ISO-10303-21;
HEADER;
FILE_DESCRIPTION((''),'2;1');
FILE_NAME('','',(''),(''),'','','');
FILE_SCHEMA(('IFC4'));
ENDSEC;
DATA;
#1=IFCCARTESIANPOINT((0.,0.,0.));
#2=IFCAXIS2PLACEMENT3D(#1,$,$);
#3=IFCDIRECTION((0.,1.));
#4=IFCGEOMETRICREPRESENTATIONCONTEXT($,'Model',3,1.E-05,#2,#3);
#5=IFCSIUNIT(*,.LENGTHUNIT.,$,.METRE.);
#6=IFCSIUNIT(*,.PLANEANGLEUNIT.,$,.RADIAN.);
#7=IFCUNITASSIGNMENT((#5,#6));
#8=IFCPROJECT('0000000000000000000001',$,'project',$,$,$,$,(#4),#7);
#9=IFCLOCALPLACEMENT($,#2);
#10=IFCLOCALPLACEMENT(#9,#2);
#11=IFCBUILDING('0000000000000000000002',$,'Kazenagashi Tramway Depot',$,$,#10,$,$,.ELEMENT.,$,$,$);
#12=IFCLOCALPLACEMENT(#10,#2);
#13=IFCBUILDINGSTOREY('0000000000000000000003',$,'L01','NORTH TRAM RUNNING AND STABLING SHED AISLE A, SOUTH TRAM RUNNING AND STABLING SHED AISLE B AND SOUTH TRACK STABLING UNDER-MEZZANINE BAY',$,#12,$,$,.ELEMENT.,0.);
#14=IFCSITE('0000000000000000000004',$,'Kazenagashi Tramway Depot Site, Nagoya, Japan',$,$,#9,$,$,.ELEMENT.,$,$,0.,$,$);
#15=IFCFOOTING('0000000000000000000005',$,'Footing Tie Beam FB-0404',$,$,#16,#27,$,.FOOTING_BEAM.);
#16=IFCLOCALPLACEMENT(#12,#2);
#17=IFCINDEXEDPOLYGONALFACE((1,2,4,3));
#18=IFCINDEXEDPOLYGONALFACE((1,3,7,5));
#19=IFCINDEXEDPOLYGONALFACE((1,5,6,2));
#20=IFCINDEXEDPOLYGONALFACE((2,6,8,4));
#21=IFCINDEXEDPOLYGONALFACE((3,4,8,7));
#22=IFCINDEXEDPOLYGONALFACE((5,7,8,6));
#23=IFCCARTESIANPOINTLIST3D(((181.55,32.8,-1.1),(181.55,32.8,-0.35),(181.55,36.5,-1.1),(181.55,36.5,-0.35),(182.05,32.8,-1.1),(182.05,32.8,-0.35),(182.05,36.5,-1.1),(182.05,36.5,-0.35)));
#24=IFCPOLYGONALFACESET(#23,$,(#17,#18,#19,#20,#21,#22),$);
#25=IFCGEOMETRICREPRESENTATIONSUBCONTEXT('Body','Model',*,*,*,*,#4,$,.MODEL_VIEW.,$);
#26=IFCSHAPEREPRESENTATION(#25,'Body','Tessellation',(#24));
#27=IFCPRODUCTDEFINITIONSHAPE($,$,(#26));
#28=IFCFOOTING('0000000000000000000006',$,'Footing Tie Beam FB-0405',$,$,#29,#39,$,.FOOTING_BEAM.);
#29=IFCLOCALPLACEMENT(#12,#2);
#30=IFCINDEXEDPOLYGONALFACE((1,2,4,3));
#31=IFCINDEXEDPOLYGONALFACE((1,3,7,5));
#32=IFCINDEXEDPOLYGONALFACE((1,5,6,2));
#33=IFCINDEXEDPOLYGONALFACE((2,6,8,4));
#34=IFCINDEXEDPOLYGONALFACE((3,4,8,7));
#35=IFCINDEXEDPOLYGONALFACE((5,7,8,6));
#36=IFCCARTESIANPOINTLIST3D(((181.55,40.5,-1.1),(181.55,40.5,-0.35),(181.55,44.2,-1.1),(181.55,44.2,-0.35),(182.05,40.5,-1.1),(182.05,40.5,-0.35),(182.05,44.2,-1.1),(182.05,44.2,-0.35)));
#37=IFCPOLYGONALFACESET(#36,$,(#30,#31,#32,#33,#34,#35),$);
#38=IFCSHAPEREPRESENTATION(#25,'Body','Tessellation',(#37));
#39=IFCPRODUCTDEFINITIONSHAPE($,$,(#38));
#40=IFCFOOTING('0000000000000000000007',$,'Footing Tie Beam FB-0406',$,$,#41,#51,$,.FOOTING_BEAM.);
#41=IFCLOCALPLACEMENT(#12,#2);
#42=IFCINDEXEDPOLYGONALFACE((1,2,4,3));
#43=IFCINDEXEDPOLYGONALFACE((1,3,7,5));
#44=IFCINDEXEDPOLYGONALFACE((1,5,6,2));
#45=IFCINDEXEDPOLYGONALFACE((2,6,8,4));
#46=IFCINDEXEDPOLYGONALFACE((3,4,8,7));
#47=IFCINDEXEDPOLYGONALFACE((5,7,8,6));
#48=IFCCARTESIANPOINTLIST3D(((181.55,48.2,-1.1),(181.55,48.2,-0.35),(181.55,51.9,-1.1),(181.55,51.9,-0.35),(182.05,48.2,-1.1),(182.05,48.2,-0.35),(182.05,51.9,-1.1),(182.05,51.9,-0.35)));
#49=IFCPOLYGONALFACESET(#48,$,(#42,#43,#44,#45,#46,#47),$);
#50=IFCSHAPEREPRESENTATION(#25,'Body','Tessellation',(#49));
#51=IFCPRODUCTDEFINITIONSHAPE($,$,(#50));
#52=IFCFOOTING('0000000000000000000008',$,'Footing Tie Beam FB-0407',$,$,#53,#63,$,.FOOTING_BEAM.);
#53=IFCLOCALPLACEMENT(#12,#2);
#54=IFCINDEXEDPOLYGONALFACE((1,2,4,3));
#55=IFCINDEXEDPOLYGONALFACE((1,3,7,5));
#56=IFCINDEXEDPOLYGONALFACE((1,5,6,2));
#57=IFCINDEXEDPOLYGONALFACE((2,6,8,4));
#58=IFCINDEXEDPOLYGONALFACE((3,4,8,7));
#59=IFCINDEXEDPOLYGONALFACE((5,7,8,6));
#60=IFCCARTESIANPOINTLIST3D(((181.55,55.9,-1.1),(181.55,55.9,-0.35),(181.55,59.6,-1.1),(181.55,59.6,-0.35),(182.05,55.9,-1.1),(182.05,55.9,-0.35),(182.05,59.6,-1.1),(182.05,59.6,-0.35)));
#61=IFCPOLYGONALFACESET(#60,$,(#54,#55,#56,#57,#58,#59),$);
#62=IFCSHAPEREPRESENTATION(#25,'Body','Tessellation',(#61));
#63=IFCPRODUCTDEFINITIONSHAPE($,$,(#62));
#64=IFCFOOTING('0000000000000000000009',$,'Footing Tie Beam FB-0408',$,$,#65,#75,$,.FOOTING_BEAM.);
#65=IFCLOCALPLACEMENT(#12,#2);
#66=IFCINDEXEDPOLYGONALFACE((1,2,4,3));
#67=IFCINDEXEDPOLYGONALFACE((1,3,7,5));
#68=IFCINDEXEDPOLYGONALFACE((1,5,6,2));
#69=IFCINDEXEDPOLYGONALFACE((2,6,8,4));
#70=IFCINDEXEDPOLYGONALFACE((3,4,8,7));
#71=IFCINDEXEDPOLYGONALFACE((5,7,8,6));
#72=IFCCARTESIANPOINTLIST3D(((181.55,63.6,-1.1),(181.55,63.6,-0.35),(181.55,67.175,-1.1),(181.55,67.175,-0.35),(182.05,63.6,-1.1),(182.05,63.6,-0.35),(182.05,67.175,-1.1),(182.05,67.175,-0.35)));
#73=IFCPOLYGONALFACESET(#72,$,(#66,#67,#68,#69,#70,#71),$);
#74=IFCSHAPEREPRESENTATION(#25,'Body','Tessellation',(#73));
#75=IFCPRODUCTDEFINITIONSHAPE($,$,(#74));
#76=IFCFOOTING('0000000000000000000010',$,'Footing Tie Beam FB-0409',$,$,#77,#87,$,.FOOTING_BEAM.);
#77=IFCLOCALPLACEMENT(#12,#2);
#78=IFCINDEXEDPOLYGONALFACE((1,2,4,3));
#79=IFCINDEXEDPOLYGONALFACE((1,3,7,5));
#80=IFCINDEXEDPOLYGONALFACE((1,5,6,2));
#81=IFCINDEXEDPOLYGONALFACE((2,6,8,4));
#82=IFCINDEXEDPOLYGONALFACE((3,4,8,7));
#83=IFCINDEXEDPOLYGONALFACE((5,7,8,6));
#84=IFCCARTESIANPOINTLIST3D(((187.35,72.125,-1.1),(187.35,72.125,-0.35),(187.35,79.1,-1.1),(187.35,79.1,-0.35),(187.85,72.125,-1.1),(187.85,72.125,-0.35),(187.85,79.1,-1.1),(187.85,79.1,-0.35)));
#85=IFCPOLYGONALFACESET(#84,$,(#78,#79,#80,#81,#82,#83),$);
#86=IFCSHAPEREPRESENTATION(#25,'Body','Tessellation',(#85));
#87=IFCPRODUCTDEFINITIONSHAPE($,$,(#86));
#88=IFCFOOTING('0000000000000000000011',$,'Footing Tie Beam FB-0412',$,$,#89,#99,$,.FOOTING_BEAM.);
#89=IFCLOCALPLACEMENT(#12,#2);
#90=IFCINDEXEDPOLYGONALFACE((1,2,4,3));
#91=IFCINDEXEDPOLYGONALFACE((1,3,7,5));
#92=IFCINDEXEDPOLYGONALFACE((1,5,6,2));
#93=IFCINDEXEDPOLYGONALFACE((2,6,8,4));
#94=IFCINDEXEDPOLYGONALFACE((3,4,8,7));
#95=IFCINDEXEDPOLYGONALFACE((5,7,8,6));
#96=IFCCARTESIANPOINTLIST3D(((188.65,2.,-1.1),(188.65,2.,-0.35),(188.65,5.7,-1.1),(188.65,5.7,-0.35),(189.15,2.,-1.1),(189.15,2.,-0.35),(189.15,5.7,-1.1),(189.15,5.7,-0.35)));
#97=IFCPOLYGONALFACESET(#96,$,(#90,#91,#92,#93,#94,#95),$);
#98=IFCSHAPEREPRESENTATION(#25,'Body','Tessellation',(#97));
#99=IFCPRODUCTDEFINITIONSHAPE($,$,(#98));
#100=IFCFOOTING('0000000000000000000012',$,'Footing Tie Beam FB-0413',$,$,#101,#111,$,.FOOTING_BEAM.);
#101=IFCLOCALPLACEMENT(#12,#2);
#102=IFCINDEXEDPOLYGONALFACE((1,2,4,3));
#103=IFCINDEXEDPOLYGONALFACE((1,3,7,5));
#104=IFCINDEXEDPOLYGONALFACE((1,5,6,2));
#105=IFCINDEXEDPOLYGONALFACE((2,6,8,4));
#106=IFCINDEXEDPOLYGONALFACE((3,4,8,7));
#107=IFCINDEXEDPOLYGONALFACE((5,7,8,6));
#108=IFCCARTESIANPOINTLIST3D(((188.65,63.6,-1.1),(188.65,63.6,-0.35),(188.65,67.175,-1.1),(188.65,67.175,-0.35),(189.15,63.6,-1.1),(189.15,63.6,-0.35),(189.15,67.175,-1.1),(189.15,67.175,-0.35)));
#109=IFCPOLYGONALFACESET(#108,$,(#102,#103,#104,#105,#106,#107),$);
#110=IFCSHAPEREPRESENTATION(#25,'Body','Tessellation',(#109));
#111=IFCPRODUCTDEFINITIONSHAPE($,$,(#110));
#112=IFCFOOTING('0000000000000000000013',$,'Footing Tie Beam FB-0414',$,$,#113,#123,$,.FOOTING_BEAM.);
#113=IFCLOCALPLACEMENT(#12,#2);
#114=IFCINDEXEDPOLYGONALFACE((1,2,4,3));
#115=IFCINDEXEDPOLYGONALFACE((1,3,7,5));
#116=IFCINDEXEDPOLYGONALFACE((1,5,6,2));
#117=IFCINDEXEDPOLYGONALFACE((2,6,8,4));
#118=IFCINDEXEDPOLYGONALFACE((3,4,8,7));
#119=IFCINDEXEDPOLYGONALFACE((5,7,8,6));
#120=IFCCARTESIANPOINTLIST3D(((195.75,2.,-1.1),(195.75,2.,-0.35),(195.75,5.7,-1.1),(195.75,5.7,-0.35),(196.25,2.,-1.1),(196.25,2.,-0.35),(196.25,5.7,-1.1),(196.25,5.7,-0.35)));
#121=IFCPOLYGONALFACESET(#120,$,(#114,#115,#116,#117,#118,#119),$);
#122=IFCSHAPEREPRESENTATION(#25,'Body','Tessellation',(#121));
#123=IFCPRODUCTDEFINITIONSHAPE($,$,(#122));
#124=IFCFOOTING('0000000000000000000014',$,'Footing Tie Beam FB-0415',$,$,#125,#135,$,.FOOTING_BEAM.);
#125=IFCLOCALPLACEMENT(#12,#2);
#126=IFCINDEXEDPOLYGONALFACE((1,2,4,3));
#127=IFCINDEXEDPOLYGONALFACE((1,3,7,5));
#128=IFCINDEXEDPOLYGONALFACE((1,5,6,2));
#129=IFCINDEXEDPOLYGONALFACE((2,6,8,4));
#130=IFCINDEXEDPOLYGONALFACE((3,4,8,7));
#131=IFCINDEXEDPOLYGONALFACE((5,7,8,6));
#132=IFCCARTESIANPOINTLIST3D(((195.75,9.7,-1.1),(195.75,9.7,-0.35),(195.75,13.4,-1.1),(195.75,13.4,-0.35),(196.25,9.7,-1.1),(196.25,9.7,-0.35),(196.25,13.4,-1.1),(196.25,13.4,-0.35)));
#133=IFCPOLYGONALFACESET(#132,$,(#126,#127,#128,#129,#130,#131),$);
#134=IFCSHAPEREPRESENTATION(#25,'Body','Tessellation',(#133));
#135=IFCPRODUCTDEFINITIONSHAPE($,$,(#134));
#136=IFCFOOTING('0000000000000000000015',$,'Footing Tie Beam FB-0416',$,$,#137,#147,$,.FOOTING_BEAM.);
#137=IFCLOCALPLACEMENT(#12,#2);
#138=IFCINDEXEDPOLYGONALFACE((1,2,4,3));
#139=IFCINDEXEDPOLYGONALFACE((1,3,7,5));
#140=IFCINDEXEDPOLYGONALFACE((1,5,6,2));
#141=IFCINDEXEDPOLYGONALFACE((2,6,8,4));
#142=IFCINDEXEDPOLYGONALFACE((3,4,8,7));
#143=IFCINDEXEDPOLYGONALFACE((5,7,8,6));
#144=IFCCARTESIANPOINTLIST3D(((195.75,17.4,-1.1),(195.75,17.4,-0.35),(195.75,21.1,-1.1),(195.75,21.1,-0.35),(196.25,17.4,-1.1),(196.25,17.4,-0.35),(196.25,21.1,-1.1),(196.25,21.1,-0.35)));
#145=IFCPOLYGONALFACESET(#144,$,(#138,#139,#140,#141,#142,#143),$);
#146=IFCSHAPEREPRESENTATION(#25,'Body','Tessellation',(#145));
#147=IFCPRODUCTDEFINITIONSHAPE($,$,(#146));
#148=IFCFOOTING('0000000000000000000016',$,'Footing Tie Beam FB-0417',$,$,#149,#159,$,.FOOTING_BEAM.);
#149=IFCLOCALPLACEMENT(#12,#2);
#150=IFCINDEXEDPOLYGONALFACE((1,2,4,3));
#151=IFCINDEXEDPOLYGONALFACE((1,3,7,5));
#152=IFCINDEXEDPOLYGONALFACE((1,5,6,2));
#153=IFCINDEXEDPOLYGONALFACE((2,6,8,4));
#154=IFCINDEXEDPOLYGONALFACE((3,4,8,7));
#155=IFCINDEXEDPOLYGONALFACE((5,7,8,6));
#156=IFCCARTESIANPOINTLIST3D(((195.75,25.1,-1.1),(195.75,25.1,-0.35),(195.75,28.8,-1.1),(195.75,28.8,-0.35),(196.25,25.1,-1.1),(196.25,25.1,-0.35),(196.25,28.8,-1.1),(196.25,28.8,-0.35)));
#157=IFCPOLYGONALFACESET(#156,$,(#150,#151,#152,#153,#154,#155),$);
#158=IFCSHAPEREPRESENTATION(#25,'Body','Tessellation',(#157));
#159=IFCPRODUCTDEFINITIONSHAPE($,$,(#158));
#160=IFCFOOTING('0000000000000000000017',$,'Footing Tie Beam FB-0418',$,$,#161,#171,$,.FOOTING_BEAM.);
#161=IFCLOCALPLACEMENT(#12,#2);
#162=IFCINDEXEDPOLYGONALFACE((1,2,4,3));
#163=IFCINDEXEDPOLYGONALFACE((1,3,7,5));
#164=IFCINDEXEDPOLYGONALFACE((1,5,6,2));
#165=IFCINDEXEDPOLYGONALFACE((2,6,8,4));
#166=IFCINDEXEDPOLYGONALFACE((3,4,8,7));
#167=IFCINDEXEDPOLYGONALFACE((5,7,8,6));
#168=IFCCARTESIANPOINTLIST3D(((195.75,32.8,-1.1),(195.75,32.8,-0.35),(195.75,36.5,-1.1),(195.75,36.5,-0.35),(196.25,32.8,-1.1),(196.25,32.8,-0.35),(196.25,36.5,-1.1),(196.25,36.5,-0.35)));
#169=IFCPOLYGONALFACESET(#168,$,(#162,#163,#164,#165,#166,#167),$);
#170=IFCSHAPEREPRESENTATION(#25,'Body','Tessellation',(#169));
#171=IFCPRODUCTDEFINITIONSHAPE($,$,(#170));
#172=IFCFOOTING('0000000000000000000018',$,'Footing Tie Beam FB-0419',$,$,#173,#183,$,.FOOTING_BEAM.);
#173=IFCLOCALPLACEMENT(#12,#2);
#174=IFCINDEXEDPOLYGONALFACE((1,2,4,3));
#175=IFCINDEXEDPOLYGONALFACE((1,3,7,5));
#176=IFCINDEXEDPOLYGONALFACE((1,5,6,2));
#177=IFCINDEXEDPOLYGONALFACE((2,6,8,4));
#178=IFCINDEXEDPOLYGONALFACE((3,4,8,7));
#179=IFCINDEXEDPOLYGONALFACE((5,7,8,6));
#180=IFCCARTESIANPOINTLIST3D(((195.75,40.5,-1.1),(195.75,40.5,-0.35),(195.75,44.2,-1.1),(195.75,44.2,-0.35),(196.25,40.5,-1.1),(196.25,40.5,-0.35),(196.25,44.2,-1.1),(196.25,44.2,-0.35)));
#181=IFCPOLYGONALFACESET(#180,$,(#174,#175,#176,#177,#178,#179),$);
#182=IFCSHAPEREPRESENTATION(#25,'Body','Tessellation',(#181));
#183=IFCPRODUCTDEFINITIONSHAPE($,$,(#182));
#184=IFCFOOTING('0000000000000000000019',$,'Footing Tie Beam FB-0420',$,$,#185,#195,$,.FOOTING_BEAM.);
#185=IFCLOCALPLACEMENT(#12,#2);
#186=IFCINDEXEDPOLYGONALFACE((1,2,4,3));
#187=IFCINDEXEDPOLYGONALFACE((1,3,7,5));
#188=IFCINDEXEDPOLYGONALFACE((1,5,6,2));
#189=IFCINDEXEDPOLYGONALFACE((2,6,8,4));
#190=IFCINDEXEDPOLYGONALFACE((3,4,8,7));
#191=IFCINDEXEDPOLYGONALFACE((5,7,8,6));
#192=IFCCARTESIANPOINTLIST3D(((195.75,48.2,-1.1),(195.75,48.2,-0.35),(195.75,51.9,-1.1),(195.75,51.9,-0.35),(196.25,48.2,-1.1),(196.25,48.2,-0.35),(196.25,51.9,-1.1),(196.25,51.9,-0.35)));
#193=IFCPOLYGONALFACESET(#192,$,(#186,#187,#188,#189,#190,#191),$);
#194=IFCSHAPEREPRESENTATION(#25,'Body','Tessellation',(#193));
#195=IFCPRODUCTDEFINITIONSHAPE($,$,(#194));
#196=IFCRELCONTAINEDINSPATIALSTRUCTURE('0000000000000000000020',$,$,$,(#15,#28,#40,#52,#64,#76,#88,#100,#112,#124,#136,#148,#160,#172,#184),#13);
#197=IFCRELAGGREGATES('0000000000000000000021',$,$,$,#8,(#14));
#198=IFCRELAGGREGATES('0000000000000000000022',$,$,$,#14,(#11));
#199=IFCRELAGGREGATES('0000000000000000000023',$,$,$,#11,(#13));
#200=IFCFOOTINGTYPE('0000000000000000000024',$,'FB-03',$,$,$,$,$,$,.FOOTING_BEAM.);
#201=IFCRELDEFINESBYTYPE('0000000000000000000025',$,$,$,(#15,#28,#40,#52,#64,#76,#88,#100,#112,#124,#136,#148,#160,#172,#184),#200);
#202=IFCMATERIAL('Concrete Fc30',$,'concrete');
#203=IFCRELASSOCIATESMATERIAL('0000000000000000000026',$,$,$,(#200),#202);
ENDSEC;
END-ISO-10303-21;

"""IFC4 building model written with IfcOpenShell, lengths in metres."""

from ifc_helpers import new_model, si_unit, direction, frame, origin, place, context, subcontext, project, spatial, polyline, outline, extrude, material, type_object, element, save


model = new_model("IFC4")

# Units and contexts
model_context = context("Model", 3, precision=1e-05, world=origin(), true_north=direction((0.0, 1.0)))
body_context = subcontext(model_context, "Body", "Model", "MODEL_VIEW")
ifc_project = project(units=[si_unit("LENGTHUNIT", "METRE"), si_unit("PLANEANGLEUNIT", "RADIAN")], contexts=[model_context])

# Site, building, storey
site_placement = place(None, origin())
site = spatial("IfcSite", under=ifc_project, at=site_placement, Name="Kazenagashi Tramway Depot Site, Nagoya, Japan", CompositionType="ELEMENT", RefElevation=0.0)
building_placement = place(site_placement, origin())
building = spatial("IfcBuilding", under=site, at=building_placement, Name="Kazenagashi Tramway Depot", CompositionType="ELEMENT")
storey_placement = place(building_placement, origin())
storey = spatial("IfcBuildingStorey", under=building, at=storey_placement, Name="L01", Description="NORTH TRAM RUNNING AND STABLING SHED AISLE A, SOUTH TRAM RUNNING AND STABLING SHED AISLE B AND SOUTH TRACK STABLING UNDER-MEZZANINE BAY", CompositionType="ELEMENT", Elevation=0.0)

# Footings
ifc_material = material(Name="Concrete Fc30", Category="concrete")
footing_type = type_object("IfcFootingType", Name="FB-03", PredefinedType="FOOTING_BEAM", material=ifc_material)
footing_1_placement = place(storey_placement, frame((0.0, 0.0, -1.1)))
element("IfcFooting", 1, at=footing_1_placement, inside=storey, type_object=footing_type, Name="Footing Tie Beam FB-0404", PredefinedType="FOOTING_BEAM", context=body_context, shape_type="SweptSolid", body=[
    extrude(outline(polyline([(181.55, 32.8), (182.05, 32.8), (182.05, 36.5), (181.55, 36.5), (181.55, 32.8)])), origin(), (0.0, 0.0, 1.0), 0.75),
])
footing_2_placement = place(storey_placement, frame((0.0, 0.0, -1.1)))
element("IfcFooting", 2, at=footing_2_placement, inside=storey, type_object=footing_type, Name="Footing Tie Beam FB-0405", PredefinedType="FOOTING_BEAM", context=body_context, shape_type="SweptSolid", body=[
    extrude(outline(polyline([(181.55, 40.5), (182.05, 40.5), (182.05, 44.2), (181.55, 44.2), (181.55, 40.5)])), origin(), (0.0, 0.0, 1.0), 0.75),
])
footing_3_placement = place(storey_placement, frame((0.0, 0.0, -1.1)))
element("IfcFooting", 3, at=footing_3_placement, inside=storey, type_object=footing_type, Name="Footing Tie Beam FB-0406", PredefinedType="FOOTING_BEAM", context=body_context, shape_type="SweptSolid", body=[
    extrude(outline(polyline([(181.55, 48.2), (182.05, 48.2), (182.05, 51.9), (181.55, 51.9), (181.55, 48.2)])), origin(), (0.0, 0.0, 1.0), 0.75),
])
footing_4_placement = place(storey_placement, frame((0.0, 0.0, -1.1)))
element("IfcFooting", 4, at=footing_4_placement, inside=storey, type_object=footing_type, Name="Footing Tie Beam FB-0407", PredefinedType="FOOTING_BEAM", context=body_context, shape_type="SweptSolid", body=[
    extrude(outline(polyline([(181.55, 55.9), (182.05, 55.9), (182.05, 59.6), (181.55, 59.6), (181.55, 55.9)])), origin(), (0.0, 0.0, 1.0), 0.75),
])
footing_5_placement = place(storey_placement, frame((0.0, 0.0, -1.1)))
element("IfcFooting", 5, at=footing_5_placement, inside=storey, type_object=footing_type, Name="Footing Tie Beam FB-0408", PredefinedType="FOOTING_BEAM", context=body_context, shape_type="SweptSolid", body=[
    extrude(outline(polyline([(181.55, 63.6), (182.05, 63.6), (182.05, 67.175), (181.55, 67.175), (181.55, 63.6)])), origin(), (0.0, 0.0, 1.0), 0.75),
])
footing_6_placement = place(storey_placement, frame((0.0, 0.0, -1.1)))
element("IfcFooting", 6, at=footing_6_placement, inside=storey, type_object=footing_type, Name="Footing Tie Beam FB-0409", PredefinedType="FOOTING_BEAM", context=body_context, shape_type="SweptSolid", body=[
    extrude(outline(polyline([(187.35, 72.125), (187.85, 72.125), (187.85, 79.1), (187.35, 79.1), (187.35, 72.125)])), origin(), (0.0, 0.0, 1.0), 0.75),
])
footing_7_placement = place(storey_placement, frame((0.0, 0.0, -1.1)))
element("IfcFooting", 7, at=footing_7_placement, inside=storey, type_object=footing_type, Name="Footing Tie Beam FB-0412", PredefinedType="FOOTING_BEAM", context=body_context, shape_type="SweptSolid", body=[
    extrude(outline(polyline([(188.65, 2.0), (189.15, 2.0), (189.15, 5.7), (188.65, 5.7), (188.65, 2.0)])), origin(), (0.0, 0.0, 1.0), 0.75),
])
footing_8_placement = place(storey_placement, frame((0.0, 0.0, -1.1)))
element("IfcFooting", 8, at=footing_8_placement, inside=storey, type_object=footing_type, Name="Footing Tie Beam FB-0413", PredefinedType="FOOTING_BEAM", context=body_context, shape_type="SweptSolid", body=[
    extrude(outline(polyline([(188.65, 63.6), (189.15, 63.6), (189.15, 67.175), (188.65, 67.175), (188.65, 63.6)])), origin(), (0.0, 0.0, 1.0), 0.75),
])
footing_9_placement = place(storey_placement, frame((0.0, 0.0, -1.1)))
element("IfcFooting", 9, at=footing_9_placement, inside=storey, type_object=footing_type, Name="Footing Tie Beam FB-0414", PredefinedType="FOOTING_BEAM", context=body_context, shape_type="SweptSolid", body=[
    extrude(outline(polyline([(195.75, 2.0), (196.25, 2.0), (196.25, 5.7), (195.75, 5.7), (195.75, 2.0)])), origin(), (0.0, 0.0, 1.0), 0.75),
])
footing_10_placement = place(storey_placement, frame((0.0, 0.0, -1.1)))
element("IfcFooting", 10, at=footing_10_placement, inside=storey, type_object=footing_type, Name="Footing Tie Beam FB-0415", PredefinedType="FOOTING_BEAM", context=body_context, shape_type="SweptSolid", body=[
    extrude(outline(polyline([(195.75, 9.7), (196.25, 9.7), (196.25, 13.4), (195.75, 13.4), (195.75, 9.7)])), origin(), (0.0, 0.0, 1.0), 0.75),
])
footing_11_placement = place(storey_placement, frame((0.0, 0.0, -1.1)))
element("IfcFooting", 11, at=footing_11_placement, inside=storey, type_object=footing_type, Name="Footing Tie Beam FB-0416", PredefinedType="FOOTING_BEAM", context=body_context, shape_type="SweptSolid", body=[
    extrude(outline(polyline([(195.75, 17.4), (196.25, 17.4), (196.25, 21.1), (195.75, 21.1), (195.75, 17.4)])), origin(), (0.0, 0.0, 1.0), 0.75),
])
footing_12_placement = place(storey_placement, frame((0.0, 0.0, -1.1)))
element("IfcFooting", 12, at=footing_12_placement, inside=storey, type_object=footing_type, Name="Footing Tie Beam FB-0417", PredefinedType="FOOTING_BEAM", context=body_context, shape_type="SweptSolid", body=[
    extrude(outline(polyline([(195.75, 25.1), (196.25, 25.1), (196.25, 28.8), (195.75, 28.8), (195.75, 25.1)])), origin(), (0.0, 0.0, 1.0), 0.75),
])
footing_13_placement = place(storey_placement, frame((0.0, 0.0, -1.1)))
element("IfcFooting", 13, at=footing_13_placement, inside=storey, type_object=footing_type, Name="Footing Tie Beam FB-0418", PredefinedType="FOOTING_BEAM", context=body_context, shape_type="SweptSolid", body=[
    extrude(outline(polyline([(195.75, 32.8), (196.25, 32.8), (196.25, 36.5), (195.75, 36.5), (195.75, 32.8)])), origin(), (0.0, 0.0, 1.0), 0.75),
])
footing_14_placement = place(storey_placement, frame((0.0, 0.0, -1.1)))
element("IfcFooting", 14, at=footing_14_placement, inside=storey, type_object=footing_type, Name="Footing Tie Beam FB-0419", PredefinedType="FOOTING_BEAM", context=body_context, shape_type="SweptSolid", body=[
    extrude(outline(polyline([(195.75, 40.5), (196.25, 40.5), (196.25, 44.2), (195.75, 44.2), (195.75, 40.5)])), origin(), (0.0, 0.0, 1.0), 0.75),
])
footing_15_placement = place(storey_placement, frame((0.0, 0.0, -1.1)))
element("IfcFooting", 15, at=footing_15_placement, inside=storey, type_object=footing_type, Name="Footing Tie Beam FB-0420", PredefinedType="FOOTING_BEAM", context=body_context, shape_type="SweptSolid", body=[
    extrude(outline(polyline([(195.75, 48.2), (196.25, 48.2), (196.25, 51.9), (195.75, 51.9), (195.75, 48.2)])), origin(), (0.0, 0.0, 1.0), 0.75),
])

save(model, "model.ifc")
